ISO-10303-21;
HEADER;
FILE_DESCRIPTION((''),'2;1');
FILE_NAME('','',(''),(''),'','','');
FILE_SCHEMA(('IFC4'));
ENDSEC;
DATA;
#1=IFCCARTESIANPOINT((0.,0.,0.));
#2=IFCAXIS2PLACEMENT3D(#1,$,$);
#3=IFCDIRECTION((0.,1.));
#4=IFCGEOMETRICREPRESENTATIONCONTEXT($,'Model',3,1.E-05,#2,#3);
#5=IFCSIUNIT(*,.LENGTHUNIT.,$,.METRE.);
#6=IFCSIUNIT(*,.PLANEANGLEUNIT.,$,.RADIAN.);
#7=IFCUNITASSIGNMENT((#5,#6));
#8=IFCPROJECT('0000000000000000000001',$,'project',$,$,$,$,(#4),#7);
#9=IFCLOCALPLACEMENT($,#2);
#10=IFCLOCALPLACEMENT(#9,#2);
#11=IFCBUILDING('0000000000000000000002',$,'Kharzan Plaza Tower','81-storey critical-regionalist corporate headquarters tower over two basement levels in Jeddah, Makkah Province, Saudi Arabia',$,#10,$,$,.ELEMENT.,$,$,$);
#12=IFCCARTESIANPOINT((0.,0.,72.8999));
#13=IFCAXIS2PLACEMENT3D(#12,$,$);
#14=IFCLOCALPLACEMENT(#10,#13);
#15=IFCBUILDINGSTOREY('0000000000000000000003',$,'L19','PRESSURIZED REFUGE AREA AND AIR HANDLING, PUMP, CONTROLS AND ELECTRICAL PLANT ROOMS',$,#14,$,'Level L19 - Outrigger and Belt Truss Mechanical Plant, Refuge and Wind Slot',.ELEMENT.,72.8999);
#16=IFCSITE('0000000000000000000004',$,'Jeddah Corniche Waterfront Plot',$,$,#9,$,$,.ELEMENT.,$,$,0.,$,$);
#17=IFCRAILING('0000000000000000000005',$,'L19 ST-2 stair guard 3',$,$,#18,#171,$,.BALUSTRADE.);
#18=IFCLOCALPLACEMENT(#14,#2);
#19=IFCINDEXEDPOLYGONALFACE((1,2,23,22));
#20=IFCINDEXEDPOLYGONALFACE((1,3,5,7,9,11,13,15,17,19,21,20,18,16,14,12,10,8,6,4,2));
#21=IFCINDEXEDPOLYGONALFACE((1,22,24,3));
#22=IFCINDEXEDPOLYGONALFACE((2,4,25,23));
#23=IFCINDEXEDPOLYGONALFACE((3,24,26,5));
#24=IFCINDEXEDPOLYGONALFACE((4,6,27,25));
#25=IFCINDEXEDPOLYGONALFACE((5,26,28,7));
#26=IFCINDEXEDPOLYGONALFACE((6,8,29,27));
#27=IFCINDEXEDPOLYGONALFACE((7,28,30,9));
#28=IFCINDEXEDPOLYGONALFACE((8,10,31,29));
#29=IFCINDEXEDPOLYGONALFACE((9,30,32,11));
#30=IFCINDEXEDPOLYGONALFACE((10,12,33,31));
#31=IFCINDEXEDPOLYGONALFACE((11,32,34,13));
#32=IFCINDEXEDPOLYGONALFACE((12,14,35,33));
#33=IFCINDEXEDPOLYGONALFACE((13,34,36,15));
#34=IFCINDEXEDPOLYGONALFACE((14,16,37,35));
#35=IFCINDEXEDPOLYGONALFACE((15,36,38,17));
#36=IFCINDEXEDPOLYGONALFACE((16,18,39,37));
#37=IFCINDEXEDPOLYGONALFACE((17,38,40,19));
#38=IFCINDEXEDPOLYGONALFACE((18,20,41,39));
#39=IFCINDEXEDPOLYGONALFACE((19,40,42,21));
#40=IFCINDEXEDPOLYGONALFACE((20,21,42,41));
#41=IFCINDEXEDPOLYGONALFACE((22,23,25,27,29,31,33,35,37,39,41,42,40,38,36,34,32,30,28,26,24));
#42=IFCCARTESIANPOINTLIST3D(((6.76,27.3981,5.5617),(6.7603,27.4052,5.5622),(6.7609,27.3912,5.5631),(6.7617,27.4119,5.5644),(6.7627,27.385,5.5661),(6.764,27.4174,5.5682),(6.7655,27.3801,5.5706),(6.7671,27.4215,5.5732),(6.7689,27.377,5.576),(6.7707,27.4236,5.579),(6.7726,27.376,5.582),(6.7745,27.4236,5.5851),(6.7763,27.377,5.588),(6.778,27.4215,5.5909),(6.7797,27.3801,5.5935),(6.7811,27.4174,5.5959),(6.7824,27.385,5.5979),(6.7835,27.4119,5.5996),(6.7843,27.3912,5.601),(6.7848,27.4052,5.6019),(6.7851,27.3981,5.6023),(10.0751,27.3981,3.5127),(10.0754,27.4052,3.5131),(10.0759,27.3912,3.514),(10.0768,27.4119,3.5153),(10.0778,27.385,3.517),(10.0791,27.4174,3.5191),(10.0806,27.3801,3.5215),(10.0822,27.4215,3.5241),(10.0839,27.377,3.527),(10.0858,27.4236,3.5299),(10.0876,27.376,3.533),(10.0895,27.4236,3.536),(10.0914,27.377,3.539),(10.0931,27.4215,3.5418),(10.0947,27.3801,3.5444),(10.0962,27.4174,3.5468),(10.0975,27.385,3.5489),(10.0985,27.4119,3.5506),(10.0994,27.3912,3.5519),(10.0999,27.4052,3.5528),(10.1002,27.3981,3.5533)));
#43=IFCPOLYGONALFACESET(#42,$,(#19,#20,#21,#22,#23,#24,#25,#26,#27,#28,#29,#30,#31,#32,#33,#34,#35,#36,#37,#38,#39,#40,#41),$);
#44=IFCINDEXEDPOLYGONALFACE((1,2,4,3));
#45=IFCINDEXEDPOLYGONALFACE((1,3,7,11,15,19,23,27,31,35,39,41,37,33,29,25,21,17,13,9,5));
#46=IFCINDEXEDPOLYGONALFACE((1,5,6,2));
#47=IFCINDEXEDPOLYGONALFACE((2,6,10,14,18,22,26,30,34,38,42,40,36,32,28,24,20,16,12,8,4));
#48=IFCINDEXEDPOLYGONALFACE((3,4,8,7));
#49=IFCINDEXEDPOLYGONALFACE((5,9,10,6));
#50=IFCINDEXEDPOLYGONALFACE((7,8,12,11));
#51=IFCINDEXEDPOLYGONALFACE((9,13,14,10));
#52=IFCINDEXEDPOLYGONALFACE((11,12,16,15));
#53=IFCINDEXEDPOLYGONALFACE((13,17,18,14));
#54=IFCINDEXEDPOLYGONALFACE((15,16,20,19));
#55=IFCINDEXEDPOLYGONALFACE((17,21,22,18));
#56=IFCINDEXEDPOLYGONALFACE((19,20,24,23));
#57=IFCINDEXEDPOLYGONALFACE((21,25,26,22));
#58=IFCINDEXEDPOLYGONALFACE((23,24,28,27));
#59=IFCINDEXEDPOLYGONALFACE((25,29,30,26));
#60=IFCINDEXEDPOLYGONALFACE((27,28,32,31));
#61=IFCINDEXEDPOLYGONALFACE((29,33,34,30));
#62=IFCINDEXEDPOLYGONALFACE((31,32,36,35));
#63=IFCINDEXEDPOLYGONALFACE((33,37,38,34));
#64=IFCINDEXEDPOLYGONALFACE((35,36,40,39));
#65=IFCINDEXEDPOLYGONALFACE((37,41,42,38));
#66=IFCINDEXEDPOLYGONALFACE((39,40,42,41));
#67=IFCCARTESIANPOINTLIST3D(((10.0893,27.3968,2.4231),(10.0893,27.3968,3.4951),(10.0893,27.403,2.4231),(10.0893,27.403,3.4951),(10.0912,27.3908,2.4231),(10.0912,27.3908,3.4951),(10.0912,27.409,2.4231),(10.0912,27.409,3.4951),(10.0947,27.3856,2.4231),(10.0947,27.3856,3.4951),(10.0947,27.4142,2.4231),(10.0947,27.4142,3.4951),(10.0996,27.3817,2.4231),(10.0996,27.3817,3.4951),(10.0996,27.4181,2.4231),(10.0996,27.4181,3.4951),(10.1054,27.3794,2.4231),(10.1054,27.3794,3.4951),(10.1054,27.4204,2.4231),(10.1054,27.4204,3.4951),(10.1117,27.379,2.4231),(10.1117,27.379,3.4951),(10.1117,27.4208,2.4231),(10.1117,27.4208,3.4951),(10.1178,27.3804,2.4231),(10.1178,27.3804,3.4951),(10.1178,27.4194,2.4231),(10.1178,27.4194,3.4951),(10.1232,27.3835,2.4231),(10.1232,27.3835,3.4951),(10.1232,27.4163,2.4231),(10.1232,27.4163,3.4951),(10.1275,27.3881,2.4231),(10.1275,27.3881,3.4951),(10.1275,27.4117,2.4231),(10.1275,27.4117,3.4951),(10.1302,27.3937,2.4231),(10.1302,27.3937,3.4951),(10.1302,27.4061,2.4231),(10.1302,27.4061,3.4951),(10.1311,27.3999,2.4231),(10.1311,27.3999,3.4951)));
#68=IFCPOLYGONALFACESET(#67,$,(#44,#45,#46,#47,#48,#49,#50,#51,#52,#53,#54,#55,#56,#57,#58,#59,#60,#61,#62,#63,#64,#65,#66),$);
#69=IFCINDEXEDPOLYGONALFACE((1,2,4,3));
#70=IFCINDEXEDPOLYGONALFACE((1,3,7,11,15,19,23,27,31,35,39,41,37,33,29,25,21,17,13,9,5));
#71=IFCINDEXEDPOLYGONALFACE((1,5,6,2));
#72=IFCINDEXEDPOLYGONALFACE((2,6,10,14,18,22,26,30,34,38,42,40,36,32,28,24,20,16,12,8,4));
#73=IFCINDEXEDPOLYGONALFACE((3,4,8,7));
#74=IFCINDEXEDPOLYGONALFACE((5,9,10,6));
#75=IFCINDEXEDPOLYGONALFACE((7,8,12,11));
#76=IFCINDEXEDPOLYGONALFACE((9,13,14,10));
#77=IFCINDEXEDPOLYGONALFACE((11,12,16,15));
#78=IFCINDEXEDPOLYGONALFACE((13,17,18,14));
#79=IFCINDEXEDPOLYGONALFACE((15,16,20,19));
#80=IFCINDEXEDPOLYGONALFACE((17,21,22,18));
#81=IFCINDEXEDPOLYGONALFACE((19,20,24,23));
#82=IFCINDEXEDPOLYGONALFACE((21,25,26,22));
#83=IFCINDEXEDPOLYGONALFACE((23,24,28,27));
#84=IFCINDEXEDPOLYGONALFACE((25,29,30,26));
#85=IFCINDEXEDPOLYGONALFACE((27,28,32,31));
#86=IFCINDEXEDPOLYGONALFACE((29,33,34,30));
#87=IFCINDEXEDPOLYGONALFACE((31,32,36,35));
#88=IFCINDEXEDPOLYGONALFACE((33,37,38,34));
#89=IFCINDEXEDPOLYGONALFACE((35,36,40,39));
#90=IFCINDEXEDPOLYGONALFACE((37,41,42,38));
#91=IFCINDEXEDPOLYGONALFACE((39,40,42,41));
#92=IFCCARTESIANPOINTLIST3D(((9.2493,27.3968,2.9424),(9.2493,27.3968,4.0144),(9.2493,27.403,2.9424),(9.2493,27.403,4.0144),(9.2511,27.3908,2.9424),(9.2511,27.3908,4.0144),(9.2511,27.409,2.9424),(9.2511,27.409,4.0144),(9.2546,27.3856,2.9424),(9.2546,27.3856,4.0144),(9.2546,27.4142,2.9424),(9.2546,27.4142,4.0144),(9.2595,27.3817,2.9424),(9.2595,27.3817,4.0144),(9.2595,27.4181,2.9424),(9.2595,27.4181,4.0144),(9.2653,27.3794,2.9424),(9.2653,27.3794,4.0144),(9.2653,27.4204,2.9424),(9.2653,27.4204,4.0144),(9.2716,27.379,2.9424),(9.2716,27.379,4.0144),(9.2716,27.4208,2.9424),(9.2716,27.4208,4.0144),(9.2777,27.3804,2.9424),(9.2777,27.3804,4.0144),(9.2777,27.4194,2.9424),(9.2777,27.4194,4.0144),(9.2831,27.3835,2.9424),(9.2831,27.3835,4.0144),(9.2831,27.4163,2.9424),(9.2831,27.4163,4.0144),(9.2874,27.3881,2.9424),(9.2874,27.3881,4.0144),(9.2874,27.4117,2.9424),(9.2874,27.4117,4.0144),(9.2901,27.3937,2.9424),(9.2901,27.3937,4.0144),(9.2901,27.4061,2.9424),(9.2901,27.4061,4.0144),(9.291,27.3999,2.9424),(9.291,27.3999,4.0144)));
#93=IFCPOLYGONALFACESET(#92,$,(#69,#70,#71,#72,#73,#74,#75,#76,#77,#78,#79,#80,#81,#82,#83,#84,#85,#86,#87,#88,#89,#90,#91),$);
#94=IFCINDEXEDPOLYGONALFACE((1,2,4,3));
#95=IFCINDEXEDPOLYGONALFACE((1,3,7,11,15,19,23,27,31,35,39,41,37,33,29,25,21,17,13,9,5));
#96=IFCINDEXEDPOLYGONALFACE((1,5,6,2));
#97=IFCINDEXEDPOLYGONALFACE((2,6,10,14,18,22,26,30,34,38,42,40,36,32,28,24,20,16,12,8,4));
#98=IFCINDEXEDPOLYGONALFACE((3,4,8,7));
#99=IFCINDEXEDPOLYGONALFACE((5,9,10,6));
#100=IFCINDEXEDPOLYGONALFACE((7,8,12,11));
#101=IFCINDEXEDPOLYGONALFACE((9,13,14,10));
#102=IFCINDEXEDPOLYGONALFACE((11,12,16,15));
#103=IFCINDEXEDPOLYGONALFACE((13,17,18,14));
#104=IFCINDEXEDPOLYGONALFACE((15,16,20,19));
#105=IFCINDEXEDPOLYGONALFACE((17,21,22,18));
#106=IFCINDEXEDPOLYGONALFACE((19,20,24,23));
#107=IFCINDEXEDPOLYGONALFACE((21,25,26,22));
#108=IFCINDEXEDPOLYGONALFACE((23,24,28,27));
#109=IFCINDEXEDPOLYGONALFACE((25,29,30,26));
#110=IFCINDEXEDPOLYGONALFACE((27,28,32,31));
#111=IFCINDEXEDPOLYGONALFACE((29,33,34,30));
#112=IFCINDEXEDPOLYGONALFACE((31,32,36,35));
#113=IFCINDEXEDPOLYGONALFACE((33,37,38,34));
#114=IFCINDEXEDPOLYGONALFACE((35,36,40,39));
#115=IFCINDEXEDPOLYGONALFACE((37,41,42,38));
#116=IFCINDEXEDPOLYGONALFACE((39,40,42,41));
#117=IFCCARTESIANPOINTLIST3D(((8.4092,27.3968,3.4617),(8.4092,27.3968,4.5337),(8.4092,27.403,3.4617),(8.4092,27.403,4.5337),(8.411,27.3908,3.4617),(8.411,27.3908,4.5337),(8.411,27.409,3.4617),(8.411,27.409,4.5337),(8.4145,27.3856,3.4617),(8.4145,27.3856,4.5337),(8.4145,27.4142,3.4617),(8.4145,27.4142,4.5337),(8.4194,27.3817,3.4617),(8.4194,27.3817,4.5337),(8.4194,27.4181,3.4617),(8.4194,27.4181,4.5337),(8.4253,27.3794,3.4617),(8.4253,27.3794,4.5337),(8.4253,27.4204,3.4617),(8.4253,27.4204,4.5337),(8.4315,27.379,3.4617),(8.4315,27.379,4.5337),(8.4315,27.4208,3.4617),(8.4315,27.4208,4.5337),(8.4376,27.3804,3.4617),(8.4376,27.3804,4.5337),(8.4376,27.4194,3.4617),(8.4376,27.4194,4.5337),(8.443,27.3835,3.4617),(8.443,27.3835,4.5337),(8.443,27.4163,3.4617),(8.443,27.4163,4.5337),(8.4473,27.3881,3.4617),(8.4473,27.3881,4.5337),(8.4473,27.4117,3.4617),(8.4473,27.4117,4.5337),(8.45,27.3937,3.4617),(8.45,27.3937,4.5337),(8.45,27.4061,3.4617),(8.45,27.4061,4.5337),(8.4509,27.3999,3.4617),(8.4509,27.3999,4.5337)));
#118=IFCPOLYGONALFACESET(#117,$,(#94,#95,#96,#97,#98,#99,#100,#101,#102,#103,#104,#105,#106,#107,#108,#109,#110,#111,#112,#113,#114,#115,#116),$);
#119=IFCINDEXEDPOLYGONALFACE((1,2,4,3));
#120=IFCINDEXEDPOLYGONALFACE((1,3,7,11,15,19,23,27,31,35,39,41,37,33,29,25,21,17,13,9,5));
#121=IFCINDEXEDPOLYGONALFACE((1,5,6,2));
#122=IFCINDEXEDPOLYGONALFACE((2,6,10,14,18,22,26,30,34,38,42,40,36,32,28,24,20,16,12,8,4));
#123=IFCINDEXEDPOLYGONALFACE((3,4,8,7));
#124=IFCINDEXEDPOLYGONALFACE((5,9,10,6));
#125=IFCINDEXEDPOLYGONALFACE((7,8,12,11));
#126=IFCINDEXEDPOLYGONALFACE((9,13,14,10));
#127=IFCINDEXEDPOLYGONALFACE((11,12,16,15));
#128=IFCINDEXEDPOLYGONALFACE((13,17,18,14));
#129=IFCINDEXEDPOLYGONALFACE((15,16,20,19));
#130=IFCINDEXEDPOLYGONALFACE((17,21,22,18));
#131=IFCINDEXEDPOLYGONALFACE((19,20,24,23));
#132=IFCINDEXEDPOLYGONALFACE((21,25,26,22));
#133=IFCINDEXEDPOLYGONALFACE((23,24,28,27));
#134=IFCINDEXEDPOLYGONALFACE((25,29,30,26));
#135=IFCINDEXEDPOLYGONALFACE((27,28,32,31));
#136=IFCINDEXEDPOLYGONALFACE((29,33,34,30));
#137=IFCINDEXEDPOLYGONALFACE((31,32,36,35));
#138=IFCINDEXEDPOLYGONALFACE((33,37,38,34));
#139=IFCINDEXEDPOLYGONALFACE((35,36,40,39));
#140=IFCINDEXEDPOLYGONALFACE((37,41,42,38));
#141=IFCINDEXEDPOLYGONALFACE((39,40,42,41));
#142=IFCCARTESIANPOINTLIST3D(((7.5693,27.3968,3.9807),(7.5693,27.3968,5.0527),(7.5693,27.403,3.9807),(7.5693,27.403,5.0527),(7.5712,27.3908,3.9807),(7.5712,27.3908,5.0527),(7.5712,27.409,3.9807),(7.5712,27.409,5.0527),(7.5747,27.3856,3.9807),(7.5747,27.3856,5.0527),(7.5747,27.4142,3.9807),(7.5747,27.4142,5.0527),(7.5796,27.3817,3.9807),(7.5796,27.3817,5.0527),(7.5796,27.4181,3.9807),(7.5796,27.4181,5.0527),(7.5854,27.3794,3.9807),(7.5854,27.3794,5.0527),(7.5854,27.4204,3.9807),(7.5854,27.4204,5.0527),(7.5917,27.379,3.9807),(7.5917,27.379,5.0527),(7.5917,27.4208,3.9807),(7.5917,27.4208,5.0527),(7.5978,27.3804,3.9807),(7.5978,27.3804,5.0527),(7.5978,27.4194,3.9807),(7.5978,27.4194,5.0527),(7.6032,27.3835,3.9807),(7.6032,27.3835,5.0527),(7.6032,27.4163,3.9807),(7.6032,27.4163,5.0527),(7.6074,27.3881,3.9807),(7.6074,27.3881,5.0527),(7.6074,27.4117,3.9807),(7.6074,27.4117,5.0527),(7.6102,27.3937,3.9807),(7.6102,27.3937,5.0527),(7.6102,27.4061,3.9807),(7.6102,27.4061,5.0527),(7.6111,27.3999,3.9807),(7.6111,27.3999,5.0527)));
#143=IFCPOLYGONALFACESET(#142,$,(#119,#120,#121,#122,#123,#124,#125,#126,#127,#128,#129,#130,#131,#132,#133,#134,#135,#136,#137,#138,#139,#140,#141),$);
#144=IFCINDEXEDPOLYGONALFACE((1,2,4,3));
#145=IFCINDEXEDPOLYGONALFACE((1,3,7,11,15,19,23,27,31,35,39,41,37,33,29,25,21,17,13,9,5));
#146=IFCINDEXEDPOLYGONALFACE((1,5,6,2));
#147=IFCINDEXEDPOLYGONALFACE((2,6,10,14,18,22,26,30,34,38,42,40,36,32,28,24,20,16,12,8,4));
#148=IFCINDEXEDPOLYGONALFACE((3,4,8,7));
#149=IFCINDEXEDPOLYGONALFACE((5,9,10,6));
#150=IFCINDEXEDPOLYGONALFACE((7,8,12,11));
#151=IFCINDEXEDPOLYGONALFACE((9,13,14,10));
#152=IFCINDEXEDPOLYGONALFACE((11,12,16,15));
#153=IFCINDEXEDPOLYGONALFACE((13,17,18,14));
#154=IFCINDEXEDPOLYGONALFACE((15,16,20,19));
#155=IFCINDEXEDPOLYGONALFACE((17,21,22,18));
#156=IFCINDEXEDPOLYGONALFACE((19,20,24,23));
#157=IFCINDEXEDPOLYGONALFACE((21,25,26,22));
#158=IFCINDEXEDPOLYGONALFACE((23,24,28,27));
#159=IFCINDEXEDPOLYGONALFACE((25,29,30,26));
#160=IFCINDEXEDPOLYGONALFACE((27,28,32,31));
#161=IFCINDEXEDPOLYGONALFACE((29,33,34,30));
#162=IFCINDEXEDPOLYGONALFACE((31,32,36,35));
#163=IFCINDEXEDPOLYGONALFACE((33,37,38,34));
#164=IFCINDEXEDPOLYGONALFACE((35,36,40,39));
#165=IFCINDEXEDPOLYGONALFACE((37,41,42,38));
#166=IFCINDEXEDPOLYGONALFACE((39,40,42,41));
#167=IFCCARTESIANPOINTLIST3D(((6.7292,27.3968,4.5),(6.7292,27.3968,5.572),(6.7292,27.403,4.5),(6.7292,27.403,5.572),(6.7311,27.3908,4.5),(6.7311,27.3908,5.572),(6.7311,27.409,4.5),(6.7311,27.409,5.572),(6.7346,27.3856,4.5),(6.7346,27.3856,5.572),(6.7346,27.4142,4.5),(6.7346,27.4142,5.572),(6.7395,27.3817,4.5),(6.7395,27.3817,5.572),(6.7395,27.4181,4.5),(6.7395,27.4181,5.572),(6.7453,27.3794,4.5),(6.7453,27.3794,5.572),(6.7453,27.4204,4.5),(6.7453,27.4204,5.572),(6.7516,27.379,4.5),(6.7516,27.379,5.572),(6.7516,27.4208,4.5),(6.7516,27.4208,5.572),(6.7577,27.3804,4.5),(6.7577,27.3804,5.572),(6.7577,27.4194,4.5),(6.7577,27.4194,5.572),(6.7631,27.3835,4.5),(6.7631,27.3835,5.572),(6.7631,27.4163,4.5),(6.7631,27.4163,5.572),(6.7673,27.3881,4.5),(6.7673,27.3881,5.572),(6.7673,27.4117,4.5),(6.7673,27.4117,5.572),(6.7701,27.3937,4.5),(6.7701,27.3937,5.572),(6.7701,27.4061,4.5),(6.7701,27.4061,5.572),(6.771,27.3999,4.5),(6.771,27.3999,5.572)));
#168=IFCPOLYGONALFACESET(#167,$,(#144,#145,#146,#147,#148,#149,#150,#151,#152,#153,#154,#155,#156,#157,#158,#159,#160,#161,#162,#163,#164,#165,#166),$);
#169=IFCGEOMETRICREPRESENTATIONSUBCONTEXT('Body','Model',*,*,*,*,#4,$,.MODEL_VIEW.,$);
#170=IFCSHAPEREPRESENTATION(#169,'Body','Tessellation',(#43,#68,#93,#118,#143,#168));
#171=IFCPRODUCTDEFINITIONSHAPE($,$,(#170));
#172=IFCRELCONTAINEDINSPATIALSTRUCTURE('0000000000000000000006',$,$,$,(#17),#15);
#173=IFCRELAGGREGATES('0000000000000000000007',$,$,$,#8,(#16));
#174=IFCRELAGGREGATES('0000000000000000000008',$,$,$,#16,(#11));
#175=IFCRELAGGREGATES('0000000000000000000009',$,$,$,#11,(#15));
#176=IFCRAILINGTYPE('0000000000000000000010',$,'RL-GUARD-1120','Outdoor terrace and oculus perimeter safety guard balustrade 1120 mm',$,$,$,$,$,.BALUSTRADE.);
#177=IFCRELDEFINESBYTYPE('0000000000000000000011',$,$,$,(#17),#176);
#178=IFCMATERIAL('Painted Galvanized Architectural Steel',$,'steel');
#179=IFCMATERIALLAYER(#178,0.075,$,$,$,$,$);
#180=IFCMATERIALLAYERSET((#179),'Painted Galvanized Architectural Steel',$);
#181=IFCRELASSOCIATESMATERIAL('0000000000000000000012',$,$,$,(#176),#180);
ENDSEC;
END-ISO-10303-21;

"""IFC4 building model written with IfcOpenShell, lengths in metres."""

from ifc_helpers import new_model, si_unit, direction, frame, origin, origin_2d, place, context, subcontext, project, spatial, circle, extrude, source, transform, mapped, material, layer, layer_set, type_object, element, save


model = new_model("IFC4")

# Units and contexts
model_context = context("Model", 3, precision=1e-05, world=origin(), true_north=direction((0.0, 1.0)))
body_context = subcontext(model_context, "Body", "Model", "MODEL_VIEW")
ifc_project = project(units=[si_unit("LENGTHUNIT", "METRE"), si_unit("PLANEANGLEUNIT", "RADIAN")], contexts=[model_context])

# Site, building, storey
site_placement = place(None, origin())
site = spatial("IfcSite", under=ifc_project, at=site_placement, Name="Jeddah Corniche Waterfront Plot", CompositionType="ELEMENT", RefElevation=0.0)
building_placement = place(site_placement, origin())
building = spatial("IfcBuilding", under=site, at=building_placement, Name="Kharzan Plaza Tower", Description="81-storey critical-regionalist corporate headquarters tower over two basement levels in Jeddah, Makkah Province, Saudi Arabia", CompositionType="ELEMENT")
storey_placement = place(building_placement, frame((0.0, 0.0, 72.8999)))
storey = spatial("IfcBuildingStorey", under=building, at=storey_placement, Name="L19", Description="PRESSURIZED REFUGE AREA AND AIR HANDLING, PUMP, CONTROLS AND ELECTRICAL PLANT ROOMS", LongName="Level L19 - Outrigger and Belt Truss Mechanical Plant, Refuge and Wind Slot", CompositionType="ELEMENT", Elevation=72.8999)

# Railing
ifc_material_1 = material(Name="Painted Galvanized Architectural Steel", Category="steel")
ifc_layer_1 = layer(ifc_material_1, 0.075)
ifc_layer_set_1 = layer_set([ifc_layer_1], Name="Painted Galvanized Architectural Steel")
railing_type_1 = type_object("IfcRailingType", Name="RL-GUARD-1120", Description="Outdoor terrace and oculus perimeter safety guard balustrade 1120 mm", PredefinedType="BALUSTRADE", material=ifc_layer_set_1)
shared_shape_1 = source(origin(), body_context, "Body", "SweptSolid", [
    extrude(circle(Radius=0.0239, at=origin_2d()), frame((-0.0225, 0.0, 1.1099), z_axis=(-0.850623, 0.0, 0.525776), x_axis=(0.0, -1.0, 0.0)), (0.0, 0.0, 1.0), 3.8972),
    extrude(circle(Radius=0.021, at=origin_2d()), origin(), (0.0, 0.0, 1.0), 1.072),
    extrude(circle(Radius=0.021, at=origin_2d()), frame((-0.8401, 0.0, 0.5193)), (0.0, 0.0, 1.0), 1.072),
    extrude(circle(Radius=0.021, at=origin_2d()), frame((-1.6802, 0.0, 1.0386)), (0.0, 0.0, 1.0), 1.072),
    extrude(circle(Radius=0.021, at=origin_2d()), frame((-2.52, 0.0, 1.5576)), (0.0, 0.0, 1.0), 1.072),
    extrude(circle(Radius=0.021, at=origin_2d()), frame((-3.3601, 0.0, 2.0769)), (0.0, 0.0, 1.0), 1.072),
])
railing_1_placement = place(storey_placement, frame((10.1101, 27.3999, 2.4231)))
element("IfcRailing", 1, at=railing_1_placement, inside=storey, type_object=railing_type_1, Name="L19 ST-2 stair guard 3", PredefinedType="BALUSTRADE", context=body_context, shape_type="MappedRepresentation", body=[
    mapped(shared_shape_1, transform((0.0, 0.0, 0.0), x_axis=(1.0, 0.0, 0.0), y_axis=(0.0, 1.0, 0.0), z_axis=(0.0, 0.0, 1.0))),
])

save(model, "model.ifc")
